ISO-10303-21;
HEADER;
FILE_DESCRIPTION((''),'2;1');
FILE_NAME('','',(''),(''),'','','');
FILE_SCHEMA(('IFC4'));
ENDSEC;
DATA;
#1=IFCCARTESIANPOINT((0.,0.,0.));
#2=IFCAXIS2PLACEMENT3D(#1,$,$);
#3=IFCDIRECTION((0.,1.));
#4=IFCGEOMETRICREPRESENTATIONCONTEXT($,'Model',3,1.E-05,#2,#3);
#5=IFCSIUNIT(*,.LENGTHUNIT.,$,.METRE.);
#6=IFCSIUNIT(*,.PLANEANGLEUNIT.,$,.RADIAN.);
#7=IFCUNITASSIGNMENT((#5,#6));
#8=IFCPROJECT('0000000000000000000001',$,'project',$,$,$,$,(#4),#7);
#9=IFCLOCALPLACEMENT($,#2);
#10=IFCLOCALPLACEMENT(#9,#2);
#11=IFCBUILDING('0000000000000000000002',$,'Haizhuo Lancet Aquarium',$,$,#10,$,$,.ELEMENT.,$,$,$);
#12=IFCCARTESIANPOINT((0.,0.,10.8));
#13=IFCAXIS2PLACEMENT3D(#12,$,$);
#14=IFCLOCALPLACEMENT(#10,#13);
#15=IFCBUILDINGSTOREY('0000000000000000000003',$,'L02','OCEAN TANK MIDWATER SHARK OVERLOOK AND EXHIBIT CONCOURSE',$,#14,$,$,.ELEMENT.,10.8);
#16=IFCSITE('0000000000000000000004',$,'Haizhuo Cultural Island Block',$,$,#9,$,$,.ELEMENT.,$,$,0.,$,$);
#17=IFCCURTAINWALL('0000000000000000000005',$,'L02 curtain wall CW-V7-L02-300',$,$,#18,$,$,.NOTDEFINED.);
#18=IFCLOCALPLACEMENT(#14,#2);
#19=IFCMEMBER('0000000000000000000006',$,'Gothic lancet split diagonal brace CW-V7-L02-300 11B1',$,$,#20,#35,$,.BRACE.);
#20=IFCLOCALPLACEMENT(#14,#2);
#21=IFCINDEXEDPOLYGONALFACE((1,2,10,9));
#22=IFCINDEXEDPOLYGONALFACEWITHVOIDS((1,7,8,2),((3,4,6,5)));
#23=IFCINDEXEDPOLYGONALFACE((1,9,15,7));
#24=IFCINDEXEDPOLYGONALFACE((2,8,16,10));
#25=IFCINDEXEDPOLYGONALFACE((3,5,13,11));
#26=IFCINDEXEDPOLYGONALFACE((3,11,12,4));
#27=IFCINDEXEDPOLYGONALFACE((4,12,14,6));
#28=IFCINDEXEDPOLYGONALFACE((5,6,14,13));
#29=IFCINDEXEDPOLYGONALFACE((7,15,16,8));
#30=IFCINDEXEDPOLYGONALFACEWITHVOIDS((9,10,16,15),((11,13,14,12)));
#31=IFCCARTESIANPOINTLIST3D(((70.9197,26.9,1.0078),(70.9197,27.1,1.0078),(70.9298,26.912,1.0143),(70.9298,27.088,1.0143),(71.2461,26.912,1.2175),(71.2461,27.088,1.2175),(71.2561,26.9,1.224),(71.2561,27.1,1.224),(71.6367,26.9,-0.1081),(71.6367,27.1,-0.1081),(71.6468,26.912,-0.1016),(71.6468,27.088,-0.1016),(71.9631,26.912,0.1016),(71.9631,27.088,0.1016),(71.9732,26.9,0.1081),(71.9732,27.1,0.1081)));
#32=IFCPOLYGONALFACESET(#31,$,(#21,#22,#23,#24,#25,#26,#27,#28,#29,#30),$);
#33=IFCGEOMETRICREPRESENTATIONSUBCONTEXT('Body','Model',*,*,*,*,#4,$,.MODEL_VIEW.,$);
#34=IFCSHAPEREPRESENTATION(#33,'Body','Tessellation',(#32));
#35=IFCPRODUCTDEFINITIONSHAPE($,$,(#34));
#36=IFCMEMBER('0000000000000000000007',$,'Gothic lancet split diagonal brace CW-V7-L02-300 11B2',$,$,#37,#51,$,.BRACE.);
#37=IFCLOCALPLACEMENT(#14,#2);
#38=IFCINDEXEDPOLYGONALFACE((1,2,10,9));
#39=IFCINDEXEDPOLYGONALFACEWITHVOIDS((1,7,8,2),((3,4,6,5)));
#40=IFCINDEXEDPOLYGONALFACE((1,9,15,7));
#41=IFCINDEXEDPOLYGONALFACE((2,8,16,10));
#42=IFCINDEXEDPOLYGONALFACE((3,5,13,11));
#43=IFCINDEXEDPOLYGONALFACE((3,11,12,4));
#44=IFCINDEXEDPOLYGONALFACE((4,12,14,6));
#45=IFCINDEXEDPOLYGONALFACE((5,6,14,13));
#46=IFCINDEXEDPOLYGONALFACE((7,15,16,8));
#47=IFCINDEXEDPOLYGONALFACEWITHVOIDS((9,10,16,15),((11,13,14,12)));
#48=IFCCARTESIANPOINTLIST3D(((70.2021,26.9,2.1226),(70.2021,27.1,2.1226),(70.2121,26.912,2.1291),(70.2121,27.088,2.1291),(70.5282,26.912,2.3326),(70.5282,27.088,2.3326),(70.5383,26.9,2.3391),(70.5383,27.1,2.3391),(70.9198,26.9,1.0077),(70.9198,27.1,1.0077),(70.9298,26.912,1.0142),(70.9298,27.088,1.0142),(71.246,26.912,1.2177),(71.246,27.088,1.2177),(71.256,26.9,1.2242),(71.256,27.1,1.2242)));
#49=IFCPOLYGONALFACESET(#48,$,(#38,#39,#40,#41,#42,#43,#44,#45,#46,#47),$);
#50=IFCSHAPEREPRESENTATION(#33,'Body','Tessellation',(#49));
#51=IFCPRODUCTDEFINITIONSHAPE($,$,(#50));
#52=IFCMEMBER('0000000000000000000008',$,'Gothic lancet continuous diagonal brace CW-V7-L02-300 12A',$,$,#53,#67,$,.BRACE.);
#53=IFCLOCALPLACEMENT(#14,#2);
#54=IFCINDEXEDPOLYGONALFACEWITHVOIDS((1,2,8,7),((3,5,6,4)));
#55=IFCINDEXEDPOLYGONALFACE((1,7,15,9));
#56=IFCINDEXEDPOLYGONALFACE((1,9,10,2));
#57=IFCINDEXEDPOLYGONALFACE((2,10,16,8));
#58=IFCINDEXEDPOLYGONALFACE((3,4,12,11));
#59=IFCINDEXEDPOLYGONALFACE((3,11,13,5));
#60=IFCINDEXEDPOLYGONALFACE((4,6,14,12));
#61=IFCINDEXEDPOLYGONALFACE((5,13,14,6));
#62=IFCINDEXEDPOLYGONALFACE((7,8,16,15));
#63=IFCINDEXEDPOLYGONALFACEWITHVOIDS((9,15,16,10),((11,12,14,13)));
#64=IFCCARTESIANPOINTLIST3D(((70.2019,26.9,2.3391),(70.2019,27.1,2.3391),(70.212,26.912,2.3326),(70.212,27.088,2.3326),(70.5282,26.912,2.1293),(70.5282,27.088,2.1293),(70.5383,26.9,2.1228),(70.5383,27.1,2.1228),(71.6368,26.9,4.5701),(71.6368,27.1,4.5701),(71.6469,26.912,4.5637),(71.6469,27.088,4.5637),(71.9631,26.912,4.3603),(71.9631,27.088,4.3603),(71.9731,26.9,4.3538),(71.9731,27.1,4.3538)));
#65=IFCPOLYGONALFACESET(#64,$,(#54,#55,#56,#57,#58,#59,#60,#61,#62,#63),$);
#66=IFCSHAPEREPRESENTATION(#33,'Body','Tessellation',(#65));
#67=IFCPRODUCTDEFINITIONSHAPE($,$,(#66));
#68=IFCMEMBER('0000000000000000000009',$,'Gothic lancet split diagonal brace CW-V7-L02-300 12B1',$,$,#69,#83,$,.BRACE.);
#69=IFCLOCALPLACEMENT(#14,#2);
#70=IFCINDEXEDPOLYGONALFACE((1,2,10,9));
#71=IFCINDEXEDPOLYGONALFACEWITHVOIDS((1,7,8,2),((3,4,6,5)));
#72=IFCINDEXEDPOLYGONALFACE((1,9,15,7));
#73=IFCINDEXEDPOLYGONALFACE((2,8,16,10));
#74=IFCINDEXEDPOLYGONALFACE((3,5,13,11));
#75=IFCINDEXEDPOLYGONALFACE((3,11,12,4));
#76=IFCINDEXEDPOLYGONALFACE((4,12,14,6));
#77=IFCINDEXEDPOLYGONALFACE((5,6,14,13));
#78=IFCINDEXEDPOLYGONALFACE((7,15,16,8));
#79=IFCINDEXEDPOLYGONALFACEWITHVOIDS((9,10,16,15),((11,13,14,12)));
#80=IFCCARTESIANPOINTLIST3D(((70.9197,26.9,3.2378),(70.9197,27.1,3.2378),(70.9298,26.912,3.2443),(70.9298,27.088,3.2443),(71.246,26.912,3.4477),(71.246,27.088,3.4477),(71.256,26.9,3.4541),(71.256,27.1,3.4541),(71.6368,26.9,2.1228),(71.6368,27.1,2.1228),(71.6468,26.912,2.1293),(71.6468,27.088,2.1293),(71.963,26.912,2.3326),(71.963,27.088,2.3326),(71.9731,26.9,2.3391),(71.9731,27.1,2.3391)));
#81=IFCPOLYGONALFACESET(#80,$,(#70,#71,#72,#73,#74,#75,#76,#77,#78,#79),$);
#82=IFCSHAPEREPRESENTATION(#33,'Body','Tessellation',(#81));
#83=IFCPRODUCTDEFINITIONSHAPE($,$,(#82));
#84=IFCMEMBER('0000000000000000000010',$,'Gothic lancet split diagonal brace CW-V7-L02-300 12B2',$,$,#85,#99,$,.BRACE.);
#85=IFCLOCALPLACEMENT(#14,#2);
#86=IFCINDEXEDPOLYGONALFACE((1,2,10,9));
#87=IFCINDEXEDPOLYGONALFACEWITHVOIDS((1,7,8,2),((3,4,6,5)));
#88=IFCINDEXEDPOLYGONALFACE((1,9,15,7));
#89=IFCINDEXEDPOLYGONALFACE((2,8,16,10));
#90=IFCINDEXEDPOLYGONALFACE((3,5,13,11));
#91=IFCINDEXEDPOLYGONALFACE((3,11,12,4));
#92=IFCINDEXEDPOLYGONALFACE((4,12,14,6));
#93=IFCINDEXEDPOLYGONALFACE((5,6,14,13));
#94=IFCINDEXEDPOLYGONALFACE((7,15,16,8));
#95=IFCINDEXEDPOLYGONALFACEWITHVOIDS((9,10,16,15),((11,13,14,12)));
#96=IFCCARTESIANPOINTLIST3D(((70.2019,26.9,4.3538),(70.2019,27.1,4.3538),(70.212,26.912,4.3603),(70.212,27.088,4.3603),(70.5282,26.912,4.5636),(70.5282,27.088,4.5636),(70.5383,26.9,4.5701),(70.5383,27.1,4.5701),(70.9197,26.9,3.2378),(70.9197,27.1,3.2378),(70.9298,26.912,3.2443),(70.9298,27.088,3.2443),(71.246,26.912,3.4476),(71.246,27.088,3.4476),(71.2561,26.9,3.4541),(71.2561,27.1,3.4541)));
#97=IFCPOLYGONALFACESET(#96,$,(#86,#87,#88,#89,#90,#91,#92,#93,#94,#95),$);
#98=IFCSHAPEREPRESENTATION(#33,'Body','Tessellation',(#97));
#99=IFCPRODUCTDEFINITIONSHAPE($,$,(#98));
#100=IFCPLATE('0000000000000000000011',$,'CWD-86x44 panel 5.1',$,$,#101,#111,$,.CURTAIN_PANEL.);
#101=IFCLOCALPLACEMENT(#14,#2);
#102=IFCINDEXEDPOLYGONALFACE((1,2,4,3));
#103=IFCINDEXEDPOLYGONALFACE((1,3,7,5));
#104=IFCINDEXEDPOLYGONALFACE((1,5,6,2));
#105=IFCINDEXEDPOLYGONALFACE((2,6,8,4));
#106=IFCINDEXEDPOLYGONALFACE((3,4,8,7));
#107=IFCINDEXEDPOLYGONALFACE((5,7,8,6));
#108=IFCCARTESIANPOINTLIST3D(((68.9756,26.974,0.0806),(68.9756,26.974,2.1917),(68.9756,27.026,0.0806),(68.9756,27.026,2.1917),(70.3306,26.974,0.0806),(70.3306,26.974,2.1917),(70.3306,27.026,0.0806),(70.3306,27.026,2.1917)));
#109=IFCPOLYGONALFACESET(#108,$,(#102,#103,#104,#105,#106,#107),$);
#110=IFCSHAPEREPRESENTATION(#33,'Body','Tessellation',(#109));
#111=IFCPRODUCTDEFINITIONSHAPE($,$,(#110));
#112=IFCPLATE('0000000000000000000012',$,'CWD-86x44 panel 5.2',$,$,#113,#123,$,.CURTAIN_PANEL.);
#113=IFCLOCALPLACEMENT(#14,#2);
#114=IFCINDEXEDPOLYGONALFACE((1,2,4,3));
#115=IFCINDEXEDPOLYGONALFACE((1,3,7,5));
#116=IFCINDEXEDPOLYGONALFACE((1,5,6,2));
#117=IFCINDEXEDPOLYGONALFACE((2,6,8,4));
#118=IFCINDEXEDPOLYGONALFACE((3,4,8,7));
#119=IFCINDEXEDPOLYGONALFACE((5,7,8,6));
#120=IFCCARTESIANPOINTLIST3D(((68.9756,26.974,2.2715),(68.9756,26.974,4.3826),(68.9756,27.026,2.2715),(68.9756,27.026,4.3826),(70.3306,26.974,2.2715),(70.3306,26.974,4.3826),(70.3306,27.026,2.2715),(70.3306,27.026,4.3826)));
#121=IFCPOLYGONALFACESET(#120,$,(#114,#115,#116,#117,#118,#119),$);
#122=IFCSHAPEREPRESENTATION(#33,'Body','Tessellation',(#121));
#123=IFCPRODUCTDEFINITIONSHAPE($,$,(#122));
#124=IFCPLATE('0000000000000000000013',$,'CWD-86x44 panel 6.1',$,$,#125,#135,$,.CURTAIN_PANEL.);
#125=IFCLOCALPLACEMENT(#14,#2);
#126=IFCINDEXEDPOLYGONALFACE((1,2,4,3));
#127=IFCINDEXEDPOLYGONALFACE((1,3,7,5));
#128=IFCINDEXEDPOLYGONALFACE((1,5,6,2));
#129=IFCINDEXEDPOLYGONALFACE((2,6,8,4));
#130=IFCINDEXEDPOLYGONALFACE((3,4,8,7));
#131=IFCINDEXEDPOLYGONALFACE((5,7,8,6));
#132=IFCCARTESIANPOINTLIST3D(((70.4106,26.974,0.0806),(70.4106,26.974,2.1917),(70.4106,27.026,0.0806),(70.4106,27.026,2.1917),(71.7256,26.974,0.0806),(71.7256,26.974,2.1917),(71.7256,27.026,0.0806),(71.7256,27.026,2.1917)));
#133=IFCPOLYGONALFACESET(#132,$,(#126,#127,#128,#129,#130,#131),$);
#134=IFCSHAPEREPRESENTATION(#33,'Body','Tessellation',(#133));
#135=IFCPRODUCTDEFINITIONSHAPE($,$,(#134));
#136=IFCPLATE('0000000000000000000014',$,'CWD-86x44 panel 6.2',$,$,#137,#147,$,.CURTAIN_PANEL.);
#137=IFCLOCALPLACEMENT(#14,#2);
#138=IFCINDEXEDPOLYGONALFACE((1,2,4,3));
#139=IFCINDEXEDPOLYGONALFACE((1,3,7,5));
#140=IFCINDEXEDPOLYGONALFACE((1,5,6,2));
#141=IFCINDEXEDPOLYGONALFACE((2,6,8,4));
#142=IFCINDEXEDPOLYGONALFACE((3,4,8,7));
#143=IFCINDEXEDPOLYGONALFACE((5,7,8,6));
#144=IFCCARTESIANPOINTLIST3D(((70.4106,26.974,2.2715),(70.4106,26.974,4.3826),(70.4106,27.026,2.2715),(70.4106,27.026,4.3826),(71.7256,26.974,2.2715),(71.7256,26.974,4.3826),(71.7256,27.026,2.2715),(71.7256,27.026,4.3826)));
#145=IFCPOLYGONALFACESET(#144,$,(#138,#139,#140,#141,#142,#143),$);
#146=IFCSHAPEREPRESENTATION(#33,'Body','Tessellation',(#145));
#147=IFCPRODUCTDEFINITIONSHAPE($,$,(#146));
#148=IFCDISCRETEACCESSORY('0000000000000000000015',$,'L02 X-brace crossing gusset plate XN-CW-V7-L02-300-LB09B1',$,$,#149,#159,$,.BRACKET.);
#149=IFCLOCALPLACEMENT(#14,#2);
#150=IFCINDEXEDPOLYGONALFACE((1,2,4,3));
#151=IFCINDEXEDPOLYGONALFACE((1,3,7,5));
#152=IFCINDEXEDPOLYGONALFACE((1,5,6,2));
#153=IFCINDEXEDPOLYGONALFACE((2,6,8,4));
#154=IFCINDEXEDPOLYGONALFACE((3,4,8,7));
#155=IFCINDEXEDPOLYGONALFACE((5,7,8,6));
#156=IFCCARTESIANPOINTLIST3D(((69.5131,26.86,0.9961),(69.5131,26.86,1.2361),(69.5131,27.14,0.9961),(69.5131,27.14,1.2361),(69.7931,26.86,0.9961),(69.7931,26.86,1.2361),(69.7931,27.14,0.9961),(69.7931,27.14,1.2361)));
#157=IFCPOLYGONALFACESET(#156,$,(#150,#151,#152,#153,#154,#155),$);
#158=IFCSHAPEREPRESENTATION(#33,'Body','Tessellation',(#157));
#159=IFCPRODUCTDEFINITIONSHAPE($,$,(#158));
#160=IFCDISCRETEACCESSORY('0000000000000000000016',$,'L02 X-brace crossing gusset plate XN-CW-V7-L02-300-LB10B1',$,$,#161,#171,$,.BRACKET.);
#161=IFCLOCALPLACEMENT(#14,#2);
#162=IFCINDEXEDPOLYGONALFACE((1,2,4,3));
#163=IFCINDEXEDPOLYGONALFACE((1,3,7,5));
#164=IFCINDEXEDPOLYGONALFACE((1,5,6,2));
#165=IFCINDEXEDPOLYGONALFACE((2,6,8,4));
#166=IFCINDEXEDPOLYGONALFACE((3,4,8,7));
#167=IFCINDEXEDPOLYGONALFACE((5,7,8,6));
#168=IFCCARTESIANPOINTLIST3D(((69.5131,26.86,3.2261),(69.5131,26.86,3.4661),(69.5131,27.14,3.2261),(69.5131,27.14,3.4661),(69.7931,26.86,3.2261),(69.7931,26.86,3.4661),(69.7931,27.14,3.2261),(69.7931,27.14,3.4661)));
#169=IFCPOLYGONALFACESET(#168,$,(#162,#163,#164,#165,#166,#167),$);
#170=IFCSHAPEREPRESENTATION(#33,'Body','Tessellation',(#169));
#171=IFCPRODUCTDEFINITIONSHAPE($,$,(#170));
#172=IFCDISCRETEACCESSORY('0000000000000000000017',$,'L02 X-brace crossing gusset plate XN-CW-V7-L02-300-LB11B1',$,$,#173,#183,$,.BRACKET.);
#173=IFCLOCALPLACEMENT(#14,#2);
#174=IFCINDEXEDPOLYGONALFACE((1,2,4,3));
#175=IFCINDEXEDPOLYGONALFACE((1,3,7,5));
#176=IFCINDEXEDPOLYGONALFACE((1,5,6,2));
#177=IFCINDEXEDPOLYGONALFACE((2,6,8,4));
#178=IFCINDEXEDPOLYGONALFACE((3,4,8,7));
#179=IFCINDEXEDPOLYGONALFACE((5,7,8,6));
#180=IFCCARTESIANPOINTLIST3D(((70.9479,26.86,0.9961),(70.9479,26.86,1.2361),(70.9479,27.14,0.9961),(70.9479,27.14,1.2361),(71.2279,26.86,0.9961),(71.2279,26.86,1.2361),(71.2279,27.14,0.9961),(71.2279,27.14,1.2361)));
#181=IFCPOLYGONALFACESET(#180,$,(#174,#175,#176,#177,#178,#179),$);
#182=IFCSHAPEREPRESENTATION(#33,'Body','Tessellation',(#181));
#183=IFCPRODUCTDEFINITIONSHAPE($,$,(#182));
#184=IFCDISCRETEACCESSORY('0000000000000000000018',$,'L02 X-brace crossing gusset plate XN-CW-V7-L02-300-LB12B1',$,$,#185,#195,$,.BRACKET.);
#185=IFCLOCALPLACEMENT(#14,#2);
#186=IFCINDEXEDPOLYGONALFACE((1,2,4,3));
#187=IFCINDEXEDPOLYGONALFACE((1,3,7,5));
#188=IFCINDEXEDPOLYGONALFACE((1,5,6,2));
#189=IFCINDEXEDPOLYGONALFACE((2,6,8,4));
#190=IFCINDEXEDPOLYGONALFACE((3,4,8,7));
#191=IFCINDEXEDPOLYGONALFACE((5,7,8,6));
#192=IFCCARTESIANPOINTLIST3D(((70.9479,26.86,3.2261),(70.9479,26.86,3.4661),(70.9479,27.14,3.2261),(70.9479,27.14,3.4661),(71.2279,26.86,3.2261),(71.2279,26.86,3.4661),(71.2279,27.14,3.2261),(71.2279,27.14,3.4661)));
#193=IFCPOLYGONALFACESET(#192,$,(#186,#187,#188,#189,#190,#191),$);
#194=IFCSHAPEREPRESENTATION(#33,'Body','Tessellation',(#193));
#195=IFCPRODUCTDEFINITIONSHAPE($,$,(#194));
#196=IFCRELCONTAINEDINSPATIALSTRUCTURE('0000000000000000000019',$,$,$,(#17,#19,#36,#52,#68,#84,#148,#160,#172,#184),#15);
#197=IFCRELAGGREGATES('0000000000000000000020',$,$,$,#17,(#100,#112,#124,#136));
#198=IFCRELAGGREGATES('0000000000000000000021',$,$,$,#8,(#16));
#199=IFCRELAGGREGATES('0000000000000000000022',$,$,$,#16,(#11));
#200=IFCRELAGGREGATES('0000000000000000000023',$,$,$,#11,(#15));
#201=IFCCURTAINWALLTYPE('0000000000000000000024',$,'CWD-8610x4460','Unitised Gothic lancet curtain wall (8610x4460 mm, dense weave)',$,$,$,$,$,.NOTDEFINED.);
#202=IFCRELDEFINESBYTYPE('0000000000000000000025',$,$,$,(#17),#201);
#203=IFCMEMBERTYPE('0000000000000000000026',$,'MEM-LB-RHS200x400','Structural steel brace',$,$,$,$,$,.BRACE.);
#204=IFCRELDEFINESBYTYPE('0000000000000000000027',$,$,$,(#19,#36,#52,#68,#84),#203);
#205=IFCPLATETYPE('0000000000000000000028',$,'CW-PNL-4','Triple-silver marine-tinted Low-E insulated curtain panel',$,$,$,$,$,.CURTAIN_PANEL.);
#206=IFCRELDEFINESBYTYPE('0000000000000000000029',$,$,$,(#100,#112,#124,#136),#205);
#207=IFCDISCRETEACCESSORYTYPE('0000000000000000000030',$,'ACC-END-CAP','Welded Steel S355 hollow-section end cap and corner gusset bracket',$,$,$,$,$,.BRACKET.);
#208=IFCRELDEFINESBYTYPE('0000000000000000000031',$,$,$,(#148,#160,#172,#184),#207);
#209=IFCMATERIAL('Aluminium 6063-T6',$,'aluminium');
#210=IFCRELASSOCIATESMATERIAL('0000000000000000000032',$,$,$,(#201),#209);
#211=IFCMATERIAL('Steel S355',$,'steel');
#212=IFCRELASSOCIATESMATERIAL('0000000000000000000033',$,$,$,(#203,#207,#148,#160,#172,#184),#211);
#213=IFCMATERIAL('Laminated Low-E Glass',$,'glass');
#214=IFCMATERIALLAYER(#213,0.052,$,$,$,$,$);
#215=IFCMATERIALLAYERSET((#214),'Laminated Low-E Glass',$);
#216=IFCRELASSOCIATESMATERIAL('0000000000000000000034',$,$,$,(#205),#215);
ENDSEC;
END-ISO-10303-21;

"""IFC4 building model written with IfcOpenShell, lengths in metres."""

from ifc_helpers import new_model, si_unit, direction, frame, origin, origin_2d, place, context, subcontext, project, spatial, rectangle, hollow_rectangle, extrude, material, layer, layer_set, material_profile, profile_set, type_object, element, aggregate, save


model = new_model("IFC4")

# Units and contexts
model_context = context("Model", 3, precision=1e-05, world=origin(), true_north=direction((0.0, 1.0)))
body_context = subcontext(model_context, "Body", "Model", "MODEL_VIEW")
ifc_project = project(units=[si_unit("LENGTHUNIT", "METRE"), si_unit("PLANEANGLEUNIT", "RADIAN")], contexts=[model_context])

# Site, building, storey
site_placement = place(None, origin())
site = spatial("IfcSite", under=ifc_project, at=site_placement, Name="Haizhuo Cultural Island Block", CompositionType="ELEMENT", RefElevation=0.0)
building_placement = place(site_placement, origin())
building = spatial("IfcBuilding", under=site, at=building_placement, Name="Haizhuo Lancet Aquarium", CompositionType="ELEMENT")
storey_placement = place(building_placement, frame((0.0, 0.0, 10.8)))
storey = spatial("IfcBuildingStorey", under=building, at=storey_placement, Name="L02", Description="OCEAN TANK MIDWATER SHARK OVERLOOK AND EXHIBIT CONCOURSE", CompositionType="ELEMENT", Elevation=10.8)

# Curtain wall
ifc_material_1 = material(Name="Aluminium 6063-T6", Category="aluminium")
curtain_wall_type = type_object("IfcCurtainWallType", Name="CWD-8610x4460", Description="Unitised Gothic lancet curtain wall (8610x4460 mm, dense weave)", PredefinedType="NOTDEFINED", material=ifc_material_1)
curtain_wall_placement = place(storey_placement, origin())
curtain_wall = element("IfcCurtainWall", 1, at=curtain_wall_placement, inside=storey, type_object=curtain_wall_type, Name="L02 curtain wall CW-V7-L02-300", PredefinedType="NOTDEFINED")

# Members
ifc_material_2 = material(Name="Steel S355", Category="steel")
ifc_material_profile_1 = material_profile(ifc_material_2, hollow_rectangle(XDim=0.2, YDim=0.3999, WallThickness=0.012, at=origin_2d()), Name="RHS 200x400x12")
ifc_profile_set_1 = profile_set([ifc_material_profile_1], Name="Steel S355")
member_type_1 = type_object("IfcMemberType", Name="MEM-LB-RHS200x400", Description="Structural steel brace", PredefinedType="BRACE", material=ifc_profile_set_1)
member_1_placement = place(storey_placement, frame((71.8049, 27.0, 0.0), z_axis=(-0.540562, 0.0, 0.841304), x_axis=(0.0, -1.0, 0.0)))
element("IfcMember", 2, at=member_1_placement, inside=storey, type_object=member_type_1, Name="Gothic lancet split diagonal brace CW-V7-L02-300 11B1", PredefinedType="BRACE", context=body_context, shape_type="SweptSolid", body=[
    extrude(hollow_rectangle(XDim=0.2, YDim=0.3999, WallThickness=0.012, at=origin_2d()), origin(), (0.0, 0.0, 1.0), 1.3264),
])
member_2_placement = place(storey_placement, frame((71.0879, 27.0, 1.116), z_axis=(-0.541288, 0.0, 0.840837), x_axis=(0.0, -1.0, 0.0)))
element("IfcMember", 3, at=member_2_placement, inside=storey, type_object=member_type_1, Name="Gothic lancet split diagonal brace CW-V7-L02-300 11B2", PredefinedType="BRACE", context=body_context, shape_type="SweptSolid", body=[
    extrude(hollow_rectangle(XDim=0.2, YDim=0.3999, WallThickness=0.012, at=origin_2d()), origin(), (0.0, 0.0, 1.0), 1.3259),
])
member_3_placement = place(storey_placement, frame((70.3701, 27.0, 2.231), z_axis=(0.540925, 0.0, 0.841071), x_axis=(0.0, 1.0, 0.0)))
element("IfcMember", 4, at=member_3_placement, inside=storey, type_object=member_type_1, Name="Gothic lancet continuous diagonal brace CW-V7-L02-300 12A", PredefinedType="BRACE", context=body_context, shape_type="SweptSolid", body=[
    extrude(hollow_rectangle(XDim=0.2, YDim=0.3999, WallThickness=0.012, at=origin_2d()), origin(), (0.0, 0.0, 1.0), 2.6526),
])
member_4_placement = place(storey_placement, frame((71.8049, 27.0, 2.231), z_axis=(-0.540897, 0.0, 0.841089), x_axis=(0.0, -1.0, 0.0)))
element("IfcMember", 5, at=member_4_placement, inside=storey, type_object=member_type_1, Name="Gothic lancet split diagonal brace CW-V7-L02-300 12B1", PredefinedType="BRACE", context=body_context, shape_type="SweptSolid", body=[
    extrude(hollow_rectangle(XDim=0.2, YDim=0.3999, WallThickness=0.012, at=origin_2d()), origin(), (0.0, 0.0, 1.0), 1.3257),
])
member_5_placement = place(storey_placement, frame((71.0879, 27.0, 3.3459), z_axis=(-0.540953, 0.0, 0.841053), x_axis=(0.0, -1.0, 0.0)))
element("IfcMember", 6, at=member_5_placement, inside=storey, type_object=member_type_1, Name="Gothic lancet split diagonal brace CW-V7-L02-300 12B2", PredefinedType="BRACE", context=body_context, shape_type="SweptSolid", body=[
    extrude(hollow_rectangle(XDim=0.2, YDim=0.3999, WallThickness=0.012, at=origin_2d()), origin(), (0.0, 0.0, 1.0), 1.3269),
])

# Plates
ifc_material_3 = material(Name="Laminated Low-E Glass", Category="glass")
ifc_layer = layer(ifc_material_3, 0.052)
ifc_layer_set = layer_set([ifc_layer], Name="Laminated Low-E Glass")
plate_type = type_object("IfcPlateType", Name="CW-PNL-4", Description="Triple-silver marine-tinted Low-E insulated curtain panel", PredefinedType="CURTAIN_PANEL", material=ifc_layer_set)
plate_1_placement = place(storey_placement, frame((69.6531, 27.0, 0.0806), z_axis=(0.0, 0.0, 1.0), x_axis=(1.0, 0.0, 0.0)))
plate_1 = element("IfcPlate", 7, at=plate_1_placement, type_object=plate_type, Name="CWD-86x44 panel 5.1", PredefinedType="CURTAIN_PANEL", context=body_context, shape_type="SweptSolid", body=[
    extrude(rectangle(XDim=1.355, YDim=0.052, at=origin_2d()), origin(), (0.0, 0.0, 1.0), 2.1111),
])
plate_2_placement = place(storey_placement, frame((69.6531, 27.0, 2.2715), z_axis=(0.0, 0.0, 1.0), x_axis=(1.0, 0.0, 0.0)))
plate_2 = element("IfcPlate", 8, at=plate_2_placement, type_object=plate_type, Name="CWD-86x44 panel 5.2", PredefinedType="CURTAIN_PANEL", context=body_context, shape_type="SweptSolid", body=[
    extrude(rectangle(XDim=1.355, YDim=0.052, at=origin_2d()), origin(), (0.0, 0.0, 1.0), 2.1111),
])
plate_3_placement = place(storey_placement, frame((71.0681, 27.0, 0.0806), z_axis=(0.0, 0.0, 1.0), x_axis=(1.0, 0.0, 0.0)))
plate_3 = element("IfcPlate", 9, at=plate_3_placement, type_object=plate_type, Name="CWD-86x44 panel 6.1", PredefinedType="CURTAIN_PANEL", context=body_context, shape_type="SweptSolid", body=[
    extrude(rectangle(XDim=1.3149, YDim=0.052, at=origin_2d()), origin(), (0.0, 0.0, 1.0), 2.1111),
])
plate_4_placement = place(storey_placement, frame((71.0681, 27.0, 2.2715), z_axis=(0.0, 0.0, 1.0), x_axis=(1.0, 0.0, 0.0)))
plate_4 = element("IfcPlate", 10, at=plate_4_placement, type_object=plate_type, Name="CWD-86x44 panel 6.2", PredefinedType="CURTAIN_PANEL", context=body_context, shape_type="SweptSolid", body=[
    extrude(rectangle(XDim=1.3149, YDim=0.052, at=origin_2d()), origin(), (0.0, 0.0, 1.0), 2.1111),
])
aggregate(curtain_wall, [plate_1, plate_2, plate_3, plate_4])

# Discrete accessories
discrete_accessory_type = type_object("IfcDiscreteAccessoryType", Name="ACC-END-CAP", Description="Welded Steel S355 hollow-section end cap and corner gusset bracket", PredefinedType="BRACKET", material=ifc_material_2)
for number, where, z_axis, x_axis, name in (
    (11, (69.6531, 27.0, 0.9961), (0.0, 0.0, 1.0), (1.0, 0.0, 0.0), "L02 X-brace crossing gusset plate XN-CW-V7-L02-300-LB09B1"),
    (12, (69.6531, 27.0, 3.2261), (0.0, 0.0, 1.0), (1.0, 0.0, 0.0), "L02 X-brace crossing gusset plate XN-CW-V7-L02-300-LB10B1"),
    (13, (71.0879, 27.0, 0.9961), (0.0, 0.0, 1.0), (1.0, 0.0, 0.0), "L02 X-brace crossing gusset plate XN-CW-V7-L02-300-LB11B1"),
    (14, (71.0879, 27.0, 3.2261), (0.0, 0.0, 1.0), (1.0, 0.0, 0.0), "L02 X-brace crossing gusset plate XN-CW-V7-L02-300-LB12B1"),
):
    element("IfcDiscreteAccessory", number, at=place(storey_placement, frame(where, z_axis=z_axis, x_axis=x_axis)), inside=storey, type_object=discrete_accessory_type, material=ifc_material_2, Name=name, PredefinedType="BRACKET", context=body_context, shape_type="SweptSolid", body=[
        extrude(rectangle(XDim=0.28, YDim=0.28, at=origin_2d()), origin(), (0.0, 0.0, 1.0), 0.24),
    ])

save(model, "model.ifc")
